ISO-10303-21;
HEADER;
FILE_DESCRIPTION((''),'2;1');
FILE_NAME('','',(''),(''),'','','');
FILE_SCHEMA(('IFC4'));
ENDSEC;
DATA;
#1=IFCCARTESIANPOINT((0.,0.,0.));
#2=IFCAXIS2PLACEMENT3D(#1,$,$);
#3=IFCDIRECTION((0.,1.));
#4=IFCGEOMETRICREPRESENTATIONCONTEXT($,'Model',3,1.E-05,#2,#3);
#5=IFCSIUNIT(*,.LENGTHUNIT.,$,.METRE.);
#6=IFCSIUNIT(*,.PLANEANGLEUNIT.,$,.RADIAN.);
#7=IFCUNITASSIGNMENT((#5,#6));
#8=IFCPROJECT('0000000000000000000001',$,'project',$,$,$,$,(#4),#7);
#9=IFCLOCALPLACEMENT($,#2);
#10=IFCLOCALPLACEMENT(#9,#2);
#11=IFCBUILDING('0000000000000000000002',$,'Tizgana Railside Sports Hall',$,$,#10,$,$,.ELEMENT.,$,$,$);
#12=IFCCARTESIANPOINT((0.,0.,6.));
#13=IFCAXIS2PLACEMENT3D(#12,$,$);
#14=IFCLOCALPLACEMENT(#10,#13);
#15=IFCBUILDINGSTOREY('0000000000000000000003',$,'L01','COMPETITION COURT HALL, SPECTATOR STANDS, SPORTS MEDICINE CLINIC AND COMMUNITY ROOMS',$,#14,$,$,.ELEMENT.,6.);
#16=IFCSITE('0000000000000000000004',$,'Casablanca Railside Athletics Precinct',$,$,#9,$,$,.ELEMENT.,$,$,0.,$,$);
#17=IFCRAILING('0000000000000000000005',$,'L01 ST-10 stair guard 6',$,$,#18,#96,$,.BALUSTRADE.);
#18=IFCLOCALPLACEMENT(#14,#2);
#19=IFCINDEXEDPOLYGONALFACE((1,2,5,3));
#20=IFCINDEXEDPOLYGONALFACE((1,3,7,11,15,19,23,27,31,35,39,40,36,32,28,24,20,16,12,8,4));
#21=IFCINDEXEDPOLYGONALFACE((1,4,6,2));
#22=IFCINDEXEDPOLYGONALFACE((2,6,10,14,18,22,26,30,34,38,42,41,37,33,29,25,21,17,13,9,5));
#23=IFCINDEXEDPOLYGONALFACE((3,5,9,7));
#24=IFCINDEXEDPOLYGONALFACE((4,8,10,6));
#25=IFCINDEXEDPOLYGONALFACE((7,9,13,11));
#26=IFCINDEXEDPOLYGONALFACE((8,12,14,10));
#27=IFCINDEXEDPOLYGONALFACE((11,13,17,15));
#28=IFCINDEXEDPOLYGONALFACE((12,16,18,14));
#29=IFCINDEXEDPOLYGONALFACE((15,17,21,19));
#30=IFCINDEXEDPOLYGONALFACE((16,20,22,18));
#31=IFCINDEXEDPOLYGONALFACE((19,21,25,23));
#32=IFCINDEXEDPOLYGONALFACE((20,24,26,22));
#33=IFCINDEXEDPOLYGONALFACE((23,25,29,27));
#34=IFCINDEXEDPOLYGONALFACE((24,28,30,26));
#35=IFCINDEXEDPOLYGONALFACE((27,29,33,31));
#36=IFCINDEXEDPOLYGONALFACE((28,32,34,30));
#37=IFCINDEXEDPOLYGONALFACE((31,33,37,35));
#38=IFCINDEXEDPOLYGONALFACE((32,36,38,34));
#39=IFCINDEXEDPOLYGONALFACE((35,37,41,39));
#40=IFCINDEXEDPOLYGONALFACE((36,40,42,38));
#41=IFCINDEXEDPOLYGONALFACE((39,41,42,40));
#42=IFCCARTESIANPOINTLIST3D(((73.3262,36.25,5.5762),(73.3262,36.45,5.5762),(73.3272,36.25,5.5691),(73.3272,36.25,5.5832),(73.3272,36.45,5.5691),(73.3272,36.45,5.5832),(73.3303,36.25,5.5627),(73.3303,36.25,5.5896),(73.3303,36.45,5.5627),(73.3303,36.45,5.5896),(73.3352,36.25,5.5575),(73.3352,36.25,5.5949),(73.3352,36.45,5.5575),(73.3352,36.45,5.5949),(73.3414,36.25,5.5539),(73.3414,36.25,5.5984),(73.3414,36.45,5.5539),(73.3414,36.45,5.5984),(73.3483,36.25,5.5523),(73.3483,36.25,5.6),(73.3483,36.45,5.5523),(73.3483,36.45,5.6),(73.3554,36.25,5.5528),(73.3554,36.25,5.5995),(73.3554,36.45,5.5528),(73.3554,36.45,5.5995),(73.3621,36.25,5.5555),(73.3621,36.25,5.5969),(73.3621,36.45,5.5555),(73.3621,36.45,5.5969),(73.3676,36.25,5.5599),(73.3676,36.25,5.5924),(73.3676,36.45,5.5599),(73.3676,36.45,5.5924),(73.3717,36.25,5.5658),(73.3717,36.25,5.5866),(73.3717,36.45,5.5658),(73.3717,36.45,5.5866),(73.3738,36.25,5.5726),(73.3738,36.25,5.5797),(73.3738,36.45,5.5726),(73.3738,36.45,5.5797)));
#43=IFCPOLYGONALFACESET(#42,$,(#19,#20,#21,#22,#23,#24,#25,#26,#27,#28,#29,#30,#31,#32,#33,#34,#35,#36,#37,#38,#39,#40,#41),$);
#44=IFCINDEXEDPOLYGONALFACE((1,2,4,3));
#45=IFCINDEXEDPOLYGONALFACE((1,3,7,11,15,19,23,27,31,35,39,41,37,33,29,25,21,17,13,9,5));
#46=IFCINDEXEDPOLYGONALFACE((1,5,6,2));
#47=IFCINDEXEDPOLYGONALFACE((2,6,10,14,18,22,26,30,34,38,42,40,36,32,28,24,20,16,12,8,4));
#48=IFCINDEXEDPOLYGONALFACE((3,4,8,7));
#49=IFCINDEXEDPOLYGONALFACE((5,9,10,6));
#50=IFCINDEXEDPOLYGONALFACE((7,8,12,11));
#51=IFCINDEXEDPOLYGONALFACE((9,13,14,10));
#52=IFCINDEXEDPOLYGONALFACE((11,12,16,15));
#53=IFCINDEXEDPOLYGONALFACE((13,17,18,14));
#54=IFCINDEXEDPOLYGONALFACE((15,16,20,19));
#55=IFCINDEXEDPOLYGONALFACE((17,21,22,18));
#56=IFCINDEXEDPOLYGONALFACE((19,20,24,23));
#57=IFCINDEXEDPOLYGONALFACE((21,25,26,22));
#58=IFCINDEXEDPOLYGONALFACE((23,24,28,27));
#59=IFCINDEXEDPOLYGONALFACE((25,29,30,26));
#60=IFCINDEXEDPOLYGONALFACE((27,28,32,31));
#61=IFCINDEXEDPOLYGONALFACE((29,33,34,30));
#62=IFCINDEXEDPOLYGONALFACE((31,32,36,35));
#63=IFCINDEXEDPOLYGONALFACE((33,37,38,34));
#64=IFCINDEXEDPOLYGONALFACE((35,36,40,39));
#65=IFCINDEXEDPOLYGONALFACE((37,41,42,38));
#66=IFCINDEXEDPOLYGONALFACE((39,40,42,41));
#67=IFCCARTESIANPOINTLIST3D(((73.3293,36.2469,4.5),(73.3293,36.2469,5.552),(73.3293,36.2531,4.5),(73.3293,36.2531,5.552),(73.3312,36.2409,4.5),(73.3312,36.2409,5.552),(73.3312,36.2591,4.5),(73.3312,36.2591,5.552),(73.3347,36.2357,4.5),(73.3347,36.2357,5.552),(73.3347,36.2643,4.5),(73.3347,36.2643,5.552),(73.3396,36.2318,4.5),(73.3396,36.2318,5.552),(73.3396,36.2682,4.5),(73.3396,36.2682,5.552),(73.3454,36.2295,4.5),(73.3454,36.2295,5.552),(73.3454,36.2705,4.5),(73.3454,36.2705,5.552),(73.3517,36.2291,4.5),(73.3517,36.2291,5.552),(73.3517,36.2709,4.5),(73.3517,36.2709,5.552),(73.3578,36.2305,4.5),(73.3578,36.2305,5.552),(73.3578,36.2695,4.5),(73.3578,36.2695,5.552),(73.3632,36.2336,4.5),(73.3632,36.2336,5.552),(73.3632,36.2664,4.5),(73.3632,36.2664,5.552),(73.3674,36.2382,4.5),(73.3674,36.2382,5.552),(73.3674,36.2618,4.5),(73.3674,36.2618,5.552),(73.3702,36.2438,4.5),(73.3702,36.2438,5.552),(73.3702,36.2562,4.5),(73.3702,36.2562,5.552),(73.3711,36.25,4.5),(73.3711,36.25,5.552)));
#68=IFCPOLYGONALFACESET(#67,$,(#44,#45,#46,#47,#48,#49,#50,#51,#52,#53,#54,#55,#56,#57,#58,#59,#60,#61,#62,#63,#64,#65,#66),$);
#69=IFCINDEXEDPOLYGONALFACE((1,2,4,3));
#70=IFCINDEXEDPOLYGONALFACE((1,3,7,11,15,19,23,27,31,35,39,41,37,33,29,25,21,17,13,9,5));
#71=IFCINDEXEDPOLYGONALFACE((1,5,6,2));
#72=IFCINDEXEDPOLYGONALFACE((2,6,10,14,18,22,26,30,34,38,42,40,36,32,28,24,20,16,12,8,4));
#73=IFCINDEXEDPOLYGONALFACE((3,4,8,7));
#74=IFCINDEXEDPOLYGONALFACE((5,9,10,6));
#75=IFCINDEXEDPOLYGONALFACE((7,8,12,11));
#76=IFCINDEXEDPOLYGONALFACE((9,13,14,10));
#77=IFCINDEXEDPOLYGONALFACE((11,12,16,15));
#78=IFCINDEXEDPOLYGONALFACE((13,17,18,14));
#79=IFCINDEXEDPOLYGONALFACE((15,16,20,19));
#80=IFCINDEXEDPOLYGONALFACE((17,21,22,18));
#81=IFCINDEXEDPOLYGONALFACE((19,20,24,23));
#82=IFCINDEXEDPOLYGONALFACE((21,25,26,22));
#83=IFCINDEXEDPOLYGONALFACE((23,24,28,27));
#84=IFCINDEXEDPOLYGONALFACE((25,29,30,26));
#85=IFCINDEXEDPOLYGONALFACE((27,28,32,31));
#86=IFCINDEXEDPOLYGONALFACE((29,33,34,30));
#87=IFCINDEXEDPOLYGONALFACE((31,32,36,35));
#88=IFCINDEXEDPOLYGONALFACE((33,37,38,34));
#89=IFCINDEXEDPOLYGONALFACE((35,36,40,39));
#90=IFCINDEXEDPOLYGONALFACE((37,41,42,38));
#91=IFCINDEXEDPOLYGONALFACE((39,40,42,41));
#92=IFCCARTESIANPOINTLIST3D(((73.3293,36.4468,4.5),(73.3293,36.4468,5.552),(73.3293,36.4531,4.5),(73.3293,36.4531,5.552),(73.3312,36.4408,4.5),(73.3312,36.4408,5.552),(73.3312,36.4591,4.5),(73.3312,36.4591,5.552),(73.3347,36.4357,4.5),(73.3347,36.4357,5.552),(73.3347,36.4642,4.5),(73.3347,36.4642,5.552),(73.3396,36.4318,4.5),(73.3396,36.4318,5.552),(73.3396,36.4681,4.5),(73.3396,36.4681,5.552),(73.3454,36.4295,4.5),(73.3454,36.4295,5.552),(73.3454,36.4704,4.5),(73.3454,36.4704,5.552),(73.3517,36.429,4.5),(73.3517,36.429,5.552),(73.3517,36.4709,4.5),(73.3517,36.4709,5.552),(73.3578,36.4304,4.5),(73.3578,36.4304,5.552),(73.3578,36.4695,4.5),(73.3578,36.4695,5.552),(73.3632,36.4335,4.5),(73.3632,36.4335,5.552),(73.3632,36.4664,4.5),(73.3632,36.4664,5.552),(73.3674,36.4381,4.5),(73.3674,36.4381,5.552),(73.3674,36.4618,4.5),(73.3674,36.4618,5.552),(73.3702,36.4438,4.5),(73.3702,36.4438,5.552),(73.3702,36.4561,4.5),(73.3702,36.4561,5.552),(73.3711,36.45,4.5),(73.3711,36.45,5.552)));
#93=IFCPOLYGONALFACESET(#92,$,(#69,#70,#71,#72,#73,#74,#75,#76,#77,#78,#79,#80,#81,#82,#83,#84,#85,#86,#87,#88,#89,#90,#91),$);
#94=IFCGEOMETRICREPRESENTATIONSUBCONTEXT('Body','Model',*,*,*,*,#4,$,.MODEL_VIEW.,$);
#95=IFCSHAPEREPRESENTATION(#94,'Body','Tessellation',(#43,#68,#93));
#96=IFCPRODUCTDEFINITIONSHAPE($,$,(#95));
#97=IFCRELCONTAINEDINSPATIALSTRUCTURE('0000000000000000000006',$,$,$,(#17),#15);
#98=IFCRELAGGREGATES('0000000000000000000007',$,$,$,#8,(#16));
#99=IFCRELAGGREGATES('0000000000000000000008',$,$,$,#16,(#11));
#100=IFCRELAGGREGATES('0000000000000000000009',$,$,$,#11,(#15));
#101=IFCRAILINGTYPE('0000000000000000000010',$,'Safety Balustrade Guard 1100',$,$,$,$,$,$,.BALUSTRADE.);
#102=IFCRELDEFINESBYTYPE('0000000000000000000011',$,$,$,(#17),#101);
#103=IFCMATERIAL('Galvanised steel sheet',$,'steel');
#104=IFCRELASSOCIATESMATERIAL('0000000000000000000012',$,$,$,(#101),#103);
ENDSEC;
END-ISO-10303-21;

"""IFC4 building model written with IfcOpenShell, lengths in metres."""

from ifc_helpers import new_model, si_unit, direction, frame, origin, origin_2d, place, context, subcontext, project, spatial, circle, extrude, material, type_object, element, save


model = new_model("IFC4")

# Units and contexts
model_context = context("Model", 3, precision=1e-05, world=origin(), true_north=direction((0.0, 1.0)))
body_context = subcontext(model_context, "Body", "Model", "MODEL_VIEW")
ifc_project = project(units=[si_unit("LENGTHUNIT", "METRE"), si_unit("PLANEANGLEUNIT", "RADIAN")], contexts=[model_context])

# Site, building, storey
site_placement = place(None, origin())
site = spatial("IfcSite", under=ifc_project, at=site_placement, Name="Casablanca Railside Athletics Precinct", CompositionType="ELEMENT", RefElevation=0.0)
building_placement = place(site_placement, origin())
building = spatial("IfcBuilding", under=site, at=building_placement, Name="Tizgana Railside Sports Hall", CompositionType="ELEMENT")
storey_placement = place(building_placement, frame((0.0, 0.0, 6.0)))
storey = spatial("IfcBuildingStorey", under=building, at=storey_placement, Name="L01", Description="COMPETITION COURT HALL, SPECTATOR STANDS, SPORTS MEDICINE CLINIC AND COMMUNITY ROOMS", CompositionType="ELEMENT", Elevation=6.0)

# Railing
ifc_material_1 = material(Name="Galvanised steel sheet", Category="steel")
railing_type_1 = type_object("IfcRailingType", Name="Safety Balustrade Guard 1100", PredefinedType="BALUSTRADE", material=ifc_material_1)
railing_1_placement = place(storey_placement, frame((73.3501, 36.25, 4.5)))
element("IfcRailing", 1, at=railing_1_placement, inside=storey, type_object=railing_type_1, Name="L01 ST-10 stair guard 6", PredefinedType="BALUSTRADE", context=body_context, shape_type="SweptSolid", body=[
    extrude(circle(Radius=0.0239, at=origin_2d()), frame((0.0, 0.0, 1.0762), z_axis=(0.0, 1.0, 0.0), x_axis=(-1.0, 0.0, 0.0)), (0.0, 0.0, 1.0), 0.2),
    extrude(circle(Radius=0.021, at=origin_2d()), origin(), (0.0, 0.0, 1.0), 1.052),
    extrude(circle(Radius=0.021, at=origin_2d()), frame((0.0, 0.2, 0.0)), (0.0, 0.0, 1.0), 1.052),
])

save(model, "model.ifc")
